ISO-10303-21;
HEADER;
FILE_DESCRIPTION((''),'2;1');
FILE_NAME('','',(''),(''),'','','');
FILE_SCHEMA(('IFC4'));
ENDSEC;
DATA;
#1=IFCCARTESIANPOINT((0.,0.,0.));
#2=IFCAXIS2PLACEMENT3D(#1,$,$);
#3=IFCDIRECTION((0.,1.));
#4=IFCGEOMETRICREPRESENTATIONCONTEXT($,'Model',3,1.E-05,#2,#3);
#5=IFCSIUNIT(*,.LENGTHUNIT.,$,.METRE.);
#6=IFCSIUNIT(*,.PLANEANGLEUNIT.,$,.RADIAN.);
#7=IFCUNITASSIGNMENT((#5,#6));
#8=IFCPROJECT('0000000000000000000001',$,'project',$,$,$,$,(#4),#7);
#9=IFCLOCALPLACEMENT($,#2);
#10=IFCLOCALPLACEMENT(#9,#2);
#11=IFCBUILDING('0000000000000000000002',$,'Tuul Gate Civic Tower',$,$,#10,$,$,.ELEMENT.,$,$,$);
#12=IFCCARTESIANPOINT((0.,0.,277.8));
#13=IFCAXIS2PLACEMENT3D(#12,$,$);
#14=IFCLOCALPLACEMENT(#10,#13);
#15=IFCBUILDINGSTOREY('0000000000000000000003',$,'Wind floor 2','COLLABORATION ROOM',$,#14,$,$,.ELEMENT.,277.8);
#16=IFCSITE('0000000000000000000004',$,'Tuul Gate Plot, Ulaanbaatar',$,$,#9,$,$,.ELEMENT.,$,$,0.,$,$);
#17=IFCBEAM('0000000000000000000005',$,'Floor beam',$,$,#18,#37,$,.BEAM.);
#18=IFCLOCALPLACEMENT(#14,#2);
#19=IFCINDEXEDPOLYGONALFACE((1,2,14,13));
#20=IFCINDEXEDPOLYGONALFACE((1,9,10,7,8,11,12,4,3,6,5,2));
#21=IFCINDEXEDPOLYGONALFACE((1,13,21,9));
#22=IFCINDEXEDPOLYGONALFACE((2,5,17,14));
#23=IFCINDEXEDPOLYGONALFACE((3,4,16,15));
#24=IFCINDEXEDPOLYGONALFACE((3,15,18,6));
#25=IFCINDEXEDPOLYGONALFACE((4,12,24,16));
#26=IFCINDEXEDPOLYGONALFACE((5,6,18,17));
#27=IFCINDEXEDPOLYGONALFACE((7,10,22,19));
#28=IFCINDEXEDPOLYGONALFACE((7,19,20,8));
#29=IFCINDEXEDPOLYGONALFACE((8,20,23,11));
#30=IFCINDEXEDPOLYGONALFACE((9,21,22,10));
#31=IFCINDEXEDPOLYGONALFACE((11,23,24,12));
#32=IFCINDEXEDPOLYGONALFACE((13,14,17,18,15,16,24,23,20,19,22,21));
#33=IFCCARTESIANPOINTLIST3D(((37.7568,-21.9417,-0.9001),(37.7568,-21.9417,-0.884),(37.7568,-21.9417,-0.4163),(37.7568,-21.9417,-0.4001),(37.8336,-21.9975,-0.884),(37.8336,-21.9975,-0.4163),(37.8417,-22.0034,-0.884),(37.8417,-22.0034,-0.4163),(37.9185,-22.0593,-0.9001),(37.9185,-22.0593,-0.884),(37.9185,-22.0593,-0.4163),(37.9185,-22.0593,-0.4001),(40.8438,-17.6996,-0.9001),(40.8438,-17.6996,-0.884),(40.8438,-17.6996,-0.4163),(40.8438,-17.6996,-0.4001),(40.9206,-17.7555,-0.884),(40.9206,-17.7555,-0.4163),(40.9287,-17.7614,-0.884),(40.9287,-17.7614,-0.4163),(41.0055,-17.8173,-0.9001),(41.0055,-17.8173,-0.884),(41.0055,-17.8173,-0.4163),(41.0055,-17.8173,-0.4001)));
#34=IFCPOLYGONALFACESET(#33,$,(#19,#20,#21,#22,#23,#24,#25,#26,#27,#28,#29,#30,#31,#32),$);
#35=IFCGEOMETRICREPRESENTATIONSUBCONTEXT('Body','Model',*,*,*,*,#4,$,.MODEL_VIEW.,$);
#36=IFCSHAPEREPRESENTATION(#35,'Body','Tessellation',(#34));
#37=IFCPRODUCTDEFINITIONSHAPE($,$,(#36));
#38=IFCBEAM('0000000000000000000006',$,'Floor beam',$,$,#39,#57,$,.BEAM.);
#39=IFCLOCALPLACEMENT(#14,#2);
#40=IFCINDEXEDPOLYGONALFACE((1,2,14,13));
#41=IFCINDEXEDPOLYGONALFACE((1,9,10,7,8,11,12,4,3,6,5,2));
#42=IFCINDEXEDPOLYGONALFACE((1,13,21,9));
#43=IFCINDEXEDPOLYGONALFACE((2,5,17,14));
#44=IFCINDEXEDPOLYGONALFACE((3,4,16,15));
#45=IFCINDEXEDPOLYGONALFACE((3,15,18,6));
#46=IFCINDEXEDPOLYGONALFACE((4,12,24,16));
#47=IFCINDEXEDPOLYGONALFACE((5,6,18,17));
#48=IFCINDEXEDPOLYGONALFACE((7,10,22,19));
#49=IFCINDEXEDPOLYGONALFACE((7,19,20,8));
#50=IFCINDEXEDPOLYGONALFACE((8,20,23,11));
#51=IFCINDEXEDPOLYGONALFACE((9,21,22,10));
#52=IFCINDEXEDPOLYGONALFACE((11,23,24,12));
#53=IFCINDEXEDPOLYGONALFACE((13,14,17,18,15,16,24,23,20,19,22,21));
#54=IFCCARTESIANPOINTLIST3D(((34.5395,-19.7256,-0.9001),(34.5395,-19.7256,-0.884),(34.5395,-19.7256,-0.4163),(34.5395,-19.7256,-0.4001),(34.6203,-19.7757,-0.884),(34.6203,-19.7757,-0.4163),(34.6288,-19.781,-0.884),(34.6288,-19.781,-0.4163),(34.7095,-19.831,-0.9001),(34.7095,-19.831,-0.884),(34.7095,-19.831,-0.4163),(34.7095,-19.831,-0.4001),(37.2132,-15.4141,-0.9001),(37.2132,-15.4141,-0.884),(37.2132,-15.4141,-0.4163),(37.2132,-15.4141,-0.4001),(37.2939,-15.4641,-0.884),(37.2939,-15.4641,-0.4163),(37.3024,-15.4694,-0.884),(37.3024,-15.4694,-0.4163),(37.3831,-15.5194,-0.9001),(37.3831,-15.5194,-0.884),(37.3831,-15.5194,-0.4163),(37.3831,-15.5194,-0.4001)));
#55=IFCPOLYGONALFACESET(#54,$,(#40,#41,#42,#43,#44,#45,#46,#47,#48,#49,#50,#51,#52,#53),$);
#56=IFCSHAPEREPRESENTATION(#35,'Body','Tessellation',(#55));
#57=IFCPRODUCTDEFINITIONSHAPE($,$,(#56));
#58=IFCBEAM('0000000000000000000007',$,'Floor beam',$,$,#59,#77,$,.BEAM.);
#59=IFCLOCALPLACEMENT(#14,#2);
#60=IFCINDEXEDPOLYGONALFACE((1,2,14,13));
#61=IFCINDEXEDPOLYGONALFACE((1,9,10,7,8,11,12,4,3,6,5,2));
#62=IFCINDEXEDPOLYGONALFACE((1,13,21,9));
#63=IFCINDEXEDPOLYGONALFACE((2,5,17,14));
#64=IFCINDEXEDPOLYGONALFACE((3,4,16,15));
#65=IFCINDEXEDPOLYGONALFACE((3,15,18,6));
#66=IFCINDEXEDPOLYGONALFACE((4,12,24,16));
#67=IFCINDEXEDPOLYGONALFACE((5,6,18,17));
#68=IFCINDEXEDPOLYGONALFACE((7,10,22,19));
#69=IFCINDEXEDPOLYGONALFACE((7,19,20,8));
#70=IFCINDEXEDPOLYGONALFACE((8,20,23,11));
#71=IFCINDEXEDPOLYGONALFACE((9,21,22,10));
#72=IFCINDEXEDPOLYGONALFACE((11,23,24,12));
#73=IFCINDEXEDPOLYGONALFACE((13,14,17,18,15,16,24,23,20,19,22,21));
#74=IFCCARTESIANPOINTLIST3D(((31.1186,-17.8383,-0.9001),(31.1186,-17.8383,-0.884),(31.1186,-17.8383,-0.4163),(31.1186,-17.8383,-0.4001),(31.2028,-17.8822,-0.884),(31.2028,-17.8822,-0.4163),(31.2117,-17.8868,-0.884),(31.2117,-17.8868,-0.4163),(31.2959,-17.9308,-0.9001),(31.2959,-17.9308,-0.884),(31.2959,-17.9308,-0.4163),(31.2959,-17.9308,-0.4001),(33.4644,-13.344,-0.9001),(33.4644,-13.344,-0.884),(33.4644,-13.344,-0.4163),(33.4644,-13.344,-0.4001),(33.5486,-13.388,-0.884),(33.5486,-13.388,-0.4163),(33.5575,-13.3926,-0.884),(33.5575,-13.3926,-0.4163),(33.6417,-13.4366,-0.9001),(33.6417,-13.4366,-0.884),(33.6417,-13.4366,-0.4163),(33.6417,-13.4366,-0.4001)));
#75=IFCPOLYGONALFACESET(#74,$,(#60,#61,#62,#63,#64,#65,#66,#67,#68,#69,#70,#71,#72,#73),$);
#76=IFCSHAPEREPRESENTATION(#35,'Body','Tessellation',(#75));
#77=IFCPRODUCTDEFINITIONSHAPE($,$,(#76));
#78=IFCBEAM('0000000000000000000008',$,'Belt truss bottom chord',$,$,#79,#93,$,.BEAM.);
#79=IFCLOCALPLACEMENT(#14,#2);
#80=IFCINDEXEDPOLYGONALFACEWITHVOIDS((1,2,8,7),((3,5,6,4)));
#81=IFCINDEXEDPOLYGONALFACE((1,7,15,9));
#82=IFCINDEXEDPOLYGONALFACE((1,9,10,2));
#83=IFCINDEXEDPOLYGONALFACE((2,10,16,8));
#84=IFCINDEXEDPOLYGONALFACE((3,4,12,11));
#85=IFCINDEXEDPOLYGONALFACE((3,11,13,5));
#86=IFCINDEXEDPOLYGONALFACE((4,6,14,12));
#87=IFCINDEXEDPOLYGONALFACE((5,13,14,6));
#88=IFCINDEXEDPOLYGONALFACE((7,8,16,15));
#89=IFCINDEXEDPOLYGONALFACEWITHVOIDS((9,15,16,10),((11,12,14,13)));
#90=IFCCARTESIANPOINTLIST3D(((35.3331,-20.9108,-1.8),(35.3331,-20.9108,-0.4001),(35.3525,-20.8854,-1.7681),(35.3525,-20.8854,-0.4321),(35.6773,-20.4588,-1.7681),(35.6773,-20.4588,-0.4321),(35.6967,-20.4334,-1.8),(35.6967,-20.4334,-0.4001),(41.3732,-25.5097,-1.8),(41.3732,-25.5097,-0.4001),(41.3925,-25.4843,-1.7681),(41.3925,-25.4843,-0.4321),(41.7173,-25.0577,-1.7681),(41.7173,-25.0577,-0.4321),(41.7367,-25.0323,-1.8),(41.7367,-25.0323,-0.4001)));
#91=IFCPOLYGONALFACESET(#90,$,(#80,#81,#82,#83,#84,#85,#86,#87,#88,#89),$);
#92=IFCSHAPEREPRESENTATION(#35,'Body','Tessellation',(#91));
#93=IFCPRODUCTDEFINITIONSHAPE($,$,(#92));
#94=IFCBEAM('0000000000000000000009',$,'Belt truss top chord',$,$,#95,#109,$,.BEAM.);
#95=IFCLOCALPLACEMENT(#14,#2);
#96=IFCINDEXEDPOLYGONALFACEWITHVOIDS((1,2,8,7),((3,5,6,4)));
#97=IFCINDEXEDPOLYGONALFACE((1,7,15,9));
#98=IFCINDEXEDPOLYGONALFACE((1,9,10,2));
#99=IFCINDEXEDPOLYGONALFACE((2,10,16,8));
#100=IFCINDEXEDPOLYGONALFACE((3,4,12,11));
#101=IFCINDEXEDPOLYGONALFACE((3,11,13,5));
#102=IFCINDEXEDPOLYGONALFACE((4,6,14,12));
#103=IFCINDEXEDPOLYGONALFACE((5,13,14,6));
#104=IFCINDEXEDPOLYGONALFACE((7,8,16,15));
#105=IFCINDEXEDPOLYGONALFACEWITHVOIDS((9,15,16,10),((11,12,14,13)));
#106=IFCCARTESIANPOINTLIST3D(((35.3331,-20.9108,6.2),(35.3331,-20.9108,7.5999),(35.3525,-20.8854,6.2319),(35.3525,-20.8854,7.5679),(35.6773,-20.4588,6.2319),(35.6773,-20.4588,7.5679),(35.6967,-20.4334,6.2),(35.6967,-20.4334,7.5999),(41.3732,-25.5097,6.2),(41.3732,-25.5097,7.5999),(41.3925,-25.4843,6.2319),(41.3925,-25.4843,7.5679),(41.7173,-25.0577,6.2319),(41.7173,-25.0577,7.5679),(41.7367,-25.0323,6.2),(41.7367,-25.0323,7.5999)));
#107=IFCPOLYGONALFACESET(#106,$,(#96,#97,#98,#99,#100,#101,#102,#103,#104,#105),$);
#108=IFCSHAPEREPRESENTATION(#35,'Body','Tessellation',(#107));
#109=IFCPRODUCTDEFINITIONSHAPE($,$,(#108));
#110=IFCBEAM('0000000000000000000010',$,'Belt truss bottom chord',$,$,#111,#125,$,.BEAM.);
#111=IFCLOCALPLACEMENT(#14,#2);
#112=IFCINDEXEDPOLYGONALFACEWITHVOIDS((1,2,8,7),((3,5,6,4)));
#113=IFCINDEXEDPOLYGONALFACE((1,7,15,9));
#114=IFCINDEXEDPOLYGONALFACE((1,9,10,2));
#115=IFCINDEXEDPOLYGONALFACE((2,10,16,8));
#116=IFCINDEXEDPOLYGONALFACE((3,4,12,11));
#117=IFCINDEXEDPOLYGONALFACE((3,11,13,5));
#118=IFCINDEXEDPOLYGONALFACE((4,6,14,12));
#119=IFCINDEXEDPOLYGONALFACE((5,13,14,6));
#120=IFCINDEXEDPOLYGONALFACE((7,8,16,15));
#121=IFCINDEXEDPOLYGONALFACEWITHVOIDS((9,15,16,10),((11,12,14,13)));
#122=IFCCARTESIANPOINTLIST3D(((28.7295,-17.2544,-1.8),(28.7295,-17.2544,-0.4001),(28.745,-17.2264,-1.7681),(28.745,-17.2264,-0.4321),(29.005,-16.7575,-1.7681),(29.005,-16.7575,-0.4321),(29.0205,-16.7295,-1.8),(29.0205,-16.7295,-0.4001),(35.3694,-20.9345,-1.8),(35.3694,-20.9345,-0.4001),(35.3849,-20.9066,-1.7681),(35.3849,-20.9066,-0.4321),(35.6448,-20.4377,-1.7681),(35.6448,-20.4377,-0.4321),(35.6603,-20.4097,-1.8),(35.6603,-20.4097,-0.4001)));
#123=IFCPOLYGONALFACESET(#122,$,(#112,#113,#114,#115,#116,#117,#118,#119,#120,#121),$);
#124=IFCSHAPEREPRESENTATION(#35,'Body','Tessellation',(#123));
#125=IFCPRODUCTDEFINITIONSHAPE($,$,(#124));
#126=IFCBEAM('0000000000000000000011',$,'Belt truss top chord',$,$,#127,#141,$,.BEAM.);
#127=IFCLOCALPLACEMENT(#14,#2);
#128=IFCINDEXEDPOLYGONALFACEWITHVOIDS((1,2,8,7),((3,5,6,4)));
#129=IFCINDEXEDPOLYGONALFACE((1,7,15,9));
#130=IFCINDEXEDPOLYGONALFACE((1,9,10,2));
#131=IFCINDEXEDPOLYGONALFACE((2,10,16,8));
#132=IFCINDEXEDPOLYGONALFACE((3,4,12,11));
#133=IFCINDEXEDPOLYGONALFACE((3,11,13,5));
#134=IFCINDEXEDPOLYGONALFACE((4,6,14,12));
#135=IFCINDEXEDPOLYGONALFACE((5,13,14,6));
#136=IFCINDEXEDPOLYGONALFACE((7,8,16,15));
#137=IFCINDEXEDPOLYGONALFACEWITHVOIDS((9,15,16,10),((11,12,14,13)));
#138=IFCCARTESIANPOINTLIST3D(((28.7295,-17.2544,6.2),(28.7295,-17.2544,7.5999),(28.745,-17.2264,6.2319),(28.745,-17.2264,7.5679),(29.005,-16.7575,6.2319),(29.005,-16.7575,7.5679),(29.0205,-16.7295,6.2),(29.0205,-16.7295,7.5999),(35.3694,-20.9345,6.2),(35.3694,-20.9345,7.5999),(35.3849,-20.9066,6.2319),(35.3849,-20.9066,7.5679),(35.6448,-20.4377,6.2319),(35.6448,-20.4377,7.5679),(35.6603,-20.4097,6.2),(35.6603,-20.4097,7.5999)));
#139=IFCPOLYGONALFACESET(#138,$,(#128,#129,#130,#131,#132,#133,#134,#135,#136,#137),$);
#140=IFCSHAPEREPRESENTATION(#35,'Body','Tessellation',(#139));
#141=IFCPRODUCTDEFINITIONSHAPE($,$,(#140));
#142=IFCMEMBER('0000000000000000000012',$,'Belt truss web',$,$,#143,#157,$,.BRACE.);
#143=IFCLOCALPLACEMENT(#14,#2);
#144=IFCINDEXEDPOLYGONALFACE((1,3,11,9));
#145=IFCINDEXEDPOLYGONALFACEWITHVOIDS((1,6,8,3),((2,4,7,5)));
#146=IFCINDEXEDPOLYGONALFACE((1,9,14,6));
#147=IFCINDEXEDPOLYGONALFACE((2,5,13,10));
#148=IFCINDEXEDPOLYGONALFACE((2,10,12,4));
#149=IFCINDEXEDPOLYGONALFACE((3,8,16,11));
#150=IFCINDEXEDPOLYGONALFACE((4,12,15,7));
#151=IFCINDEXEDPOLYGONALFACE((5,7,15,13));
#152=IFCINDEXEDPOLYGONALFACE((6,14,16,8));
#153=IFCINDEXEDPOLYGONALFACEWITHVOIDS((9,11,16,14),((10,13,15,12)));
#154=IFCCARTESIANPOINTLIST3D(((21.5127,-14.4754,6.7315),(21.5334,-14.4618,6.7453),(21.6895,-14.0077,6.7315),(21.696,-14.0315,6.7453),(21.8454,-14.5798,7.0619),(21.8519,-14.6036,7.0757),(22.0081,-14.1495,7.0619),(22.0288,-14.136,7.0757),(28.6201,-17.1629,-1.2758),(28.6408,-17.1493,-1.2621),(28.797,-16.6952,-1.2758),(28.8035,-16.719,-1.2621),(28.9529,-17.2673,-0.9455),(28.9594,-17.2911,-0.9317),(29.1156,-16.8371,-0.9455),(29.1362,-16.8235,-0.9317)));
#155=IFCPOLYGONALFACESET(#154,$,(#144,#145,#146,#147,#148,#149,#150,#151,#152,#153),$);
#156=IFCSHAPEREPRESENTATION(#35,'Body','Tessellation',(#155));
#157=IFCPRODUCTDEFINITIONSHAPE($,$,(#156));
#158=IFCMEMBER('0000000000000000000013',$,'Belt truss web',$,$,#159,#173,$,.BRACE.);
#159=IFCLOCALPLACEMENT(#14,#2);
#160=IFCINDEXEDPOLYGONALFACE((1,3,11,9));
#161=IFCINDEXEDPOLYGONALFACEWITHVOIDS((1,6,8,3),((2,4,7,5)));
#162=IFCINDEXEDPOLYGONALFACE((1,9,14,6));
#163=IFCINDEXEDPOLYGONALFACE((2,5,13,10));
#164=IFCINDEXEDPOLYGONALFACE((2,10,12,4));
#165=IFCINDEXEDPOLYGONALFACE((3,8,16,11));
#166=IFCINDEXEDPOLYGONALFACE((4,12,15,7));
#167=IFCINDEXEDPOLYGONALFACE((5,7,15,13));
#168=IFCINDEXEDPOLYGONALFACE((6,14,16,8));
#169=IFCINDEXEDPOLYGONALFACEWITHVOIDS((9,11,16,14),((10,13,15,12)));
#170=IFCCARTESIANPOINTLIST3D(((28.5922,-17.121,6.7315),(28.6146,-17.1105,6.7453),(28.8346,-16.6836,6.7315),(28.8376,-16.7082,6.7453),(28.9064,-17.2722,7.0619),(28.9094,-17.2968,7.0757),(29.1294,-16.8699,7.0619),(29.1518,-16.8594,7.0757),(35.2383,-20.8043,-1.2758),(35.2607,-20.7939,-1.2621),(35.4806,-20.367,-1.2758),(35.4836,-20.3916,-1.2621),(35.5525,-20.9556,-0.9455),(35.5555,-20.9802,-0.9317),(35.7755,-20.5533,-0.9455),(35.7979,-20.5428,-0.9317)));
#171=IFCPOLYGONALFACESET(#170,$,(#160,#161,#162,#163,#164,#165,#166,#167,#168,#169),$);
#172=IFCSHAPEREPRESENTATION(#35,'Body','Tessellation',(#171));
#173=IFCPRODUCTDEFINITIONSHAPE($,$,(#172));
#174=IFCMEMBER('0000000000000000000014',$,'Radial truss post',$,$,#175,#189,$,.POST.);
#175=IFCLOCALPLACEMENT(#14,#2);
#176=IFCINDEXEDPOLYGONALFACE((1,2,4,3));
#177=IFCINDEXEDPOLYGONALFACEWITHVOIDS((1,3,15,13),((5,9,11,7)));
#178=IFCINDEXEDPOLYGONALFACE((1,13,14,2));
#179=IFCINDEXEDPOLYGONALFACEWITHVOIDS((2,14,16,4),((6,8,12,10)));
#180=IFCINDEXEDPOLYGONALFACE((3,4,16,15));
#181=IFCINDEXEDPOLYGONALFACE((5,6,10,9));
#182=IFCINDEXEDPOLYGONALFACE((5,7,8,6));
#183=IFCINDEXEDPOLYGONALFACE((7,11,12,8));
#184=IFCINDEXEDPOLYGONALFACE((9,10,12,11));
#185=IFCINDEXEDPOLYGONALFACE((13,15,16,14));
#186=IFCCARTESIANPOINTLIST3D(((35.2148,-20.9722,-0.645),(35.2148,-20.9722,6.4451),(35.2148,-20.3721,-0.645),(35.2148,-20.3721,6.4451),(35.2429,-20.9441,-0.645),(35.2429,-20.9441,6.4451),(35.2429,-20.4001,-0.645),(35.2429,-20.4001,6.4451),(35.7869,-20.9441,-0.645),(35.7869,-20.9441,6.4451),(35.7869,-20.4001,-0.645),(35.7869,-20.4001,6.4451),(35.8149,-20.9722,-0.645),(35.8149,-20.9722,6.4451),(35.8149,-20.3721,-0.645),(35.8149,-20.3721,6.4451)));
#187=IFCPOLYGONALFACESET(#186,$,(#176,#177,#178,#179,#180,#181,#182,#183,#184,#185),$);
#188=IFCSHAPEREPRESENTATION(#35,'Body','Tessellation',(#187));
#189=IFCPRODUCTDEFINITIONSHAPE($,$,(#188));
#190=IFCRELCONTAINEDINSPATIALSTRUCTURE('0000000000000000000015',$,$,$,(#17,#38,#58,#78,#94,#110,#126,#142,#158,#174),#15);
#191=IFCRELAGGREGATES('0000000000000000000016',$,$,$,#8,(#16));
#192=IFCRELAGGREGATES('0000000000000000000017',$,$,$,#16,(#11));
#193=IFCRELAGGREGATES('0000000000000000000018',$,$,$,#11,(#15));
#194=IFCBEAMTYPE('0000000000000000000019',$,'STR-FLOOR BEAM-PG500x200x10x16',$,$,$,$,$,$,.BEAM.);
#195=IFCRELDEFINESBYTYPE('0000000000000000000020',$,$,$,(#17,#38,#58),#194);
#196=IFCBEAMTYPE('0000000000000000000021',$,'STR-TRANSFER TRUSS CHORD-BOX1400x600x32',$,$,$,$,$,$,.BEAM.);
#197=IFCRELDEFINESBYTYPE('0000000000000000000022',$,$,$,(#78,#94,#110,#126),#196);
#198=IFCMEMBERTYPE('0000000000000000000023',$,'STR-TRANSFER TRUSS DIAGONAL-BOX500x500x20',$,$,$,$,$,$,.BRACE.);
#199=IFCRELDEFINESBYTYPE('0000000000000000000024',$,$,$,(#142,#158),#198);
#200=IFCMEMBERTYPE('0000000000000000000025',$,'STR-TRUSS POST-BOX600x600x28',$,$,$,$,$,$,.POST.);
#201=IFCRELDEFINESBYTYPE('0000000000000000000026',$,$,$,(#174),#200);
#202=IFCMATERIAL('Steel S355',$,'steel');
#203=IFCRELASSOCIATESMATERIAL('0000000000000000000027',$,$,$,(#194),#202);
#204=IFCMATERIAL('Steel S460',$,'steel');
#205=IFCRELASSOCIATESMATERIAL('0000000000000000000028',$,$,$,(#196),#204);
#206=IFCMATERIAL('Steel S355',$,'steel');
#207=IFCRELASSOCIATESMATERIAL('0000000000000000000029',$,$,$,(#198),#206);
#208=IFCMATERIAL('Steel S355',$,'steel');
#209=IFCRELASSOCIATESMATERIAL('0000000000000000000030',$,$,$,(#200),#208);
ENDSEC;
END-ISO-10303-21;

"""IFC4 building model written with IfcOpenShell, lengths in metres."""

from ifc_helpers import new_model, si_unit, direction, frame, origin, origin_2d, place, context, subcontext, project, spatial, hollow_rectangle, i_section, extrude, material, material_profile, profile_set, type_object, element, save


model = new_model("IFC4")

# Units and contexts
model_context = context("Model", 3, precision=1e-05, world=origin(), true_north=direction((0.0, 1.0)))
body_context = subcontext(model_context, "Body", "Model", "MODEL_VIEW")
ifc_project = project(units=[si_unit("LENGTHUNIT", "METRE"), si_unit("PLANEANGLEUNIT", "RADIAN")], contexts=[model_context])

# Site, building, storey
site_placement = place(None, origin())
site = spatial("IfcSite", under=ifc_project, at=site_placement, Name="Tuul Gate Plot, Ulaanbaatar", CompositionType="ELEMENT", RefElevation=0.0)
building_placement = place(site_placement, origin())
building = spatial("IfcBuilding", under=site, at=building_placement, Name="Tuul Gate Civic Tower", CompositionType="ELEMENT")
storey_placement = place(building_placement, frame((0.0, 0.0, 277.8)))
storey = spatial("IfcBuildingStorey", under=building, at=storey_placement, Name="Wind floor 2", Description="COLLABORATION ROOM", CompositionType="ELEMENT", Elevation=277.8)

# Beams
ifc_material_1 = material(Name="Steel S355", Category="steel")
ifc_material_profile_1 = material_profile(ifc_material_1, i_section(OverallWidth=0.2, OverallDepth=0.5, WebThickness=0.01, FlangeThickness=0.0161, at=origin_2d()), Name="PG500x200x10x16")
ifc_profile_set_1 = profile_set([ifc_material_profile_1], Name="Steel S355")
beam_type_1 = type_object("IfcBeamType", Name="STR-FLOOR BEAM-PG500x200x10x16", PredefinedType="BEAM", material=ifc_profile_set_1)
beam_1_placement = place(storey_placement, frame((37.8376, -22.0005, -0.6501), z_axis=(0.588404, 0.808567, 0.0), x_axis=(-0.808567, 0.588404, 0.0)))
element("IfcBeam", 1, at=beam_1_placement, inside=storey, type_object=beam_type_1, Name="Floor beam", PredefinedType="BEAM", context=body_context, shape_type="SweptSolid", body=[
    extrude(i_section(OverallWidth=0.2, OverallDepth=0.5, WebThickness=0.01, FlangeThickness=0.0161, at=origin_2d()), origin(), (0.0, 0.0, 1.0), 5.2463),
])
beam_2_placement = place(storey_placement, frame((34.6245, -19.7783, -0.6501), z_axis=(0.527002, 0.849864, 0.0), x_axis=(-0.849864, 0.527002, 0.0)))
element("IfcBeam", 2, at=beam_2_placement, inside=storey, type_object=beam_type_1, Name="Floor beam", PredefinedType="BEAM", context=body_context, shape_type="SweptSolid", body=[
    extrude(i_section(OverallWidth=0.2, OverallDepth=0.5, WebThickness=0.01, FlangeThickness=0.0161, at=origin_2d()), origin(), (0.0, 0.0, 1.0), 5.0732),
])
beam_3_placement = place(storey_placement, frame((31.2073, -17.8845, -0.6501), z_axis=(0.462711, 0.886509, 0.0), x_axis=(-0.886509, 0.462711, 0.0)))
element("IfcBeam", 3, at=beam_3_placement, inside=storey, type_object=beam_type_1, Name="Floor beam", PredefinedType="BEAM", context=body_context, shape_type="SweptSolid", body=[
    extrude(i_section(OverallWidth=0.2, OverallDepth=0.5, WebThickness=0.01, FlangeThickness=0.0161, at=origin_2d()), origin(), (0.0, 0.0, 1.0), 5.0696),
])
ifc_material_2 = material(Name="Steel S460", Category="steel")
ifc_material_profile_2 = material_profile(ifc_material_2, hollow_rectangle(XDim=0.6001, YDim=1.3999, WallThickness=0.032, at=origin_2d()), Name="BOX1400x600x32")
ifc_profile_set_2 = profile_set([ifc_material_profile_2], Name="Steel S460")
beam_type_2 = type_object("IfcBeamType", Name="STR-TRANSFER TRUSS CHORD-BOX1400x600x32", PredefinedType="BEAM", material=ifc_profile_set_2)
for number, where, z_axis, x_axis, name in (
    (4, (35.5149, -20.6721, -1.1001), (0.795626, -0.605788, 0.0), (0.605788, 0.795626, 0.0), "Belt truss bottom chord"),
    (5, (35.5149, -20.6721, 6.8999), (0.795626, -0.605788, 0.0), (0.605788, 0.795626, 0.0), "Belt truss top chord"),
    (6, (28.875, -16.9919, -1.1001), (0.874641, -0.484772, 0.0), (0.484772, 0.874641, 0.0), "Belt truss bottom chord"),
    (7, (28.875, -16.9919, 6.8999), (0.874641, -0.484772, 0.0), (0.484772, 0.874641, 0.0), "Belt truss top chord"),
):
    element("IfcBeam", number, at=place(storey_placement, frame(where, z_axis=z_axis, x_axis=x_axis)), inside=storey, type_object=beam_type_2, Name=name, PredefinedType="BEAM", context=body_context, shape_type="SweptSolid", body=[
        extrude(hollow_rectangle(XDim=0.6001, YDim=1.3999, WallThickness=0.032, at=origin_2d()), origin(), (0.0, 0.0, 1.0), 7.5916),
    ])

# Members
ifc_material_3 = material(Name="Steel S355", Category="steel")
ifc_material_profile_3 = material_profile(ifc_material_3, hollow_rectangle(XDim=0.5, YDim=0.5, WallThickness=0.02, at=origin_2d()), Name="BOX500x500x20")
ifc_profile_set_3 = profile_set([ifc_material_profile_3], Name="Steel S355")
member_type_1 = type_object("IfcMemberType", Name="STR-TRANSFER TRUSS DIAGONAL-BOX500x500x20", PredefinedType="BRACE", material=ifc_profile_set_3)
for number, where, z_axis, x_axis, name in (
    (8, (28.8782, -16.9932, -1.1038), (-0.643858, 0.243459, 0.725379), (-0.353685, -0.935364, 0.0), "Belt truss web"),
    (9, (35.5181, -20.6736, -1.1038), (-0.602062, 0.333675, 0.725385), (-0.484751, -0.874652, 0.0), "Belt truss web"),
):
    element("IfcMember", number, at=place(storey_placement, frame(where, z_axis=z_axis, x_axis=x_axis)), inside=storey, type_object=member_type_1, Name=name, PredefinedType="BRACE", context=body_context, shape_type="SweptSolid", body=[
        extrude(hollow_rectangle(XDim=0.5, YDim=0.5, WallThickness=0.02, at=origin_2d()), origin(), (0.0, 0.0, 1.0), 11.0388),
    ])
ifc_material_4 = material(Name="Steel S355", Category="steel")
ifc_material_profile_4 = material_profile(ifc_material_4, hollow_rectangle(XDim=0.6001, YDim=0.6001, WallThickness=0.0281, at=origin_2d()), Name="BOX600x600x28")
ifc_profile_set_4 = profile_set([ifc_material_profile_4], Name="Steel S355")
member_type_2 = type_object("IfcMemberType", Name="STR-TRUSS POST-BOX600x600x28", PredefinedType="POST", material=ifc_profile_set_4)
for number, where, z_axis, x_axis, name in (
    (10, (35.5149, -20.6721, -0.645), (0.0, 0.0, 1.0), (1.0, 0.0, 0.0), "Radial truss post"),
):
    element("IfcMember", number, at=place(storey_placement, frame(where, z_axis=z_axis, x_axis=x_axis)), inside=storey, type_object=member_type_2, Name=name, PredefinedType="POST", context=body_context, shape_type="SweptSolid", body=[
        extrude(hollow_rectangle(XDim=0.6001, YDim=0.6001, WallThickness=0.0281, at=origin_2d()), origin(), (0.0, 0.0, 1.0), 7.0901),
    ])

save(model, "model.ifc")
